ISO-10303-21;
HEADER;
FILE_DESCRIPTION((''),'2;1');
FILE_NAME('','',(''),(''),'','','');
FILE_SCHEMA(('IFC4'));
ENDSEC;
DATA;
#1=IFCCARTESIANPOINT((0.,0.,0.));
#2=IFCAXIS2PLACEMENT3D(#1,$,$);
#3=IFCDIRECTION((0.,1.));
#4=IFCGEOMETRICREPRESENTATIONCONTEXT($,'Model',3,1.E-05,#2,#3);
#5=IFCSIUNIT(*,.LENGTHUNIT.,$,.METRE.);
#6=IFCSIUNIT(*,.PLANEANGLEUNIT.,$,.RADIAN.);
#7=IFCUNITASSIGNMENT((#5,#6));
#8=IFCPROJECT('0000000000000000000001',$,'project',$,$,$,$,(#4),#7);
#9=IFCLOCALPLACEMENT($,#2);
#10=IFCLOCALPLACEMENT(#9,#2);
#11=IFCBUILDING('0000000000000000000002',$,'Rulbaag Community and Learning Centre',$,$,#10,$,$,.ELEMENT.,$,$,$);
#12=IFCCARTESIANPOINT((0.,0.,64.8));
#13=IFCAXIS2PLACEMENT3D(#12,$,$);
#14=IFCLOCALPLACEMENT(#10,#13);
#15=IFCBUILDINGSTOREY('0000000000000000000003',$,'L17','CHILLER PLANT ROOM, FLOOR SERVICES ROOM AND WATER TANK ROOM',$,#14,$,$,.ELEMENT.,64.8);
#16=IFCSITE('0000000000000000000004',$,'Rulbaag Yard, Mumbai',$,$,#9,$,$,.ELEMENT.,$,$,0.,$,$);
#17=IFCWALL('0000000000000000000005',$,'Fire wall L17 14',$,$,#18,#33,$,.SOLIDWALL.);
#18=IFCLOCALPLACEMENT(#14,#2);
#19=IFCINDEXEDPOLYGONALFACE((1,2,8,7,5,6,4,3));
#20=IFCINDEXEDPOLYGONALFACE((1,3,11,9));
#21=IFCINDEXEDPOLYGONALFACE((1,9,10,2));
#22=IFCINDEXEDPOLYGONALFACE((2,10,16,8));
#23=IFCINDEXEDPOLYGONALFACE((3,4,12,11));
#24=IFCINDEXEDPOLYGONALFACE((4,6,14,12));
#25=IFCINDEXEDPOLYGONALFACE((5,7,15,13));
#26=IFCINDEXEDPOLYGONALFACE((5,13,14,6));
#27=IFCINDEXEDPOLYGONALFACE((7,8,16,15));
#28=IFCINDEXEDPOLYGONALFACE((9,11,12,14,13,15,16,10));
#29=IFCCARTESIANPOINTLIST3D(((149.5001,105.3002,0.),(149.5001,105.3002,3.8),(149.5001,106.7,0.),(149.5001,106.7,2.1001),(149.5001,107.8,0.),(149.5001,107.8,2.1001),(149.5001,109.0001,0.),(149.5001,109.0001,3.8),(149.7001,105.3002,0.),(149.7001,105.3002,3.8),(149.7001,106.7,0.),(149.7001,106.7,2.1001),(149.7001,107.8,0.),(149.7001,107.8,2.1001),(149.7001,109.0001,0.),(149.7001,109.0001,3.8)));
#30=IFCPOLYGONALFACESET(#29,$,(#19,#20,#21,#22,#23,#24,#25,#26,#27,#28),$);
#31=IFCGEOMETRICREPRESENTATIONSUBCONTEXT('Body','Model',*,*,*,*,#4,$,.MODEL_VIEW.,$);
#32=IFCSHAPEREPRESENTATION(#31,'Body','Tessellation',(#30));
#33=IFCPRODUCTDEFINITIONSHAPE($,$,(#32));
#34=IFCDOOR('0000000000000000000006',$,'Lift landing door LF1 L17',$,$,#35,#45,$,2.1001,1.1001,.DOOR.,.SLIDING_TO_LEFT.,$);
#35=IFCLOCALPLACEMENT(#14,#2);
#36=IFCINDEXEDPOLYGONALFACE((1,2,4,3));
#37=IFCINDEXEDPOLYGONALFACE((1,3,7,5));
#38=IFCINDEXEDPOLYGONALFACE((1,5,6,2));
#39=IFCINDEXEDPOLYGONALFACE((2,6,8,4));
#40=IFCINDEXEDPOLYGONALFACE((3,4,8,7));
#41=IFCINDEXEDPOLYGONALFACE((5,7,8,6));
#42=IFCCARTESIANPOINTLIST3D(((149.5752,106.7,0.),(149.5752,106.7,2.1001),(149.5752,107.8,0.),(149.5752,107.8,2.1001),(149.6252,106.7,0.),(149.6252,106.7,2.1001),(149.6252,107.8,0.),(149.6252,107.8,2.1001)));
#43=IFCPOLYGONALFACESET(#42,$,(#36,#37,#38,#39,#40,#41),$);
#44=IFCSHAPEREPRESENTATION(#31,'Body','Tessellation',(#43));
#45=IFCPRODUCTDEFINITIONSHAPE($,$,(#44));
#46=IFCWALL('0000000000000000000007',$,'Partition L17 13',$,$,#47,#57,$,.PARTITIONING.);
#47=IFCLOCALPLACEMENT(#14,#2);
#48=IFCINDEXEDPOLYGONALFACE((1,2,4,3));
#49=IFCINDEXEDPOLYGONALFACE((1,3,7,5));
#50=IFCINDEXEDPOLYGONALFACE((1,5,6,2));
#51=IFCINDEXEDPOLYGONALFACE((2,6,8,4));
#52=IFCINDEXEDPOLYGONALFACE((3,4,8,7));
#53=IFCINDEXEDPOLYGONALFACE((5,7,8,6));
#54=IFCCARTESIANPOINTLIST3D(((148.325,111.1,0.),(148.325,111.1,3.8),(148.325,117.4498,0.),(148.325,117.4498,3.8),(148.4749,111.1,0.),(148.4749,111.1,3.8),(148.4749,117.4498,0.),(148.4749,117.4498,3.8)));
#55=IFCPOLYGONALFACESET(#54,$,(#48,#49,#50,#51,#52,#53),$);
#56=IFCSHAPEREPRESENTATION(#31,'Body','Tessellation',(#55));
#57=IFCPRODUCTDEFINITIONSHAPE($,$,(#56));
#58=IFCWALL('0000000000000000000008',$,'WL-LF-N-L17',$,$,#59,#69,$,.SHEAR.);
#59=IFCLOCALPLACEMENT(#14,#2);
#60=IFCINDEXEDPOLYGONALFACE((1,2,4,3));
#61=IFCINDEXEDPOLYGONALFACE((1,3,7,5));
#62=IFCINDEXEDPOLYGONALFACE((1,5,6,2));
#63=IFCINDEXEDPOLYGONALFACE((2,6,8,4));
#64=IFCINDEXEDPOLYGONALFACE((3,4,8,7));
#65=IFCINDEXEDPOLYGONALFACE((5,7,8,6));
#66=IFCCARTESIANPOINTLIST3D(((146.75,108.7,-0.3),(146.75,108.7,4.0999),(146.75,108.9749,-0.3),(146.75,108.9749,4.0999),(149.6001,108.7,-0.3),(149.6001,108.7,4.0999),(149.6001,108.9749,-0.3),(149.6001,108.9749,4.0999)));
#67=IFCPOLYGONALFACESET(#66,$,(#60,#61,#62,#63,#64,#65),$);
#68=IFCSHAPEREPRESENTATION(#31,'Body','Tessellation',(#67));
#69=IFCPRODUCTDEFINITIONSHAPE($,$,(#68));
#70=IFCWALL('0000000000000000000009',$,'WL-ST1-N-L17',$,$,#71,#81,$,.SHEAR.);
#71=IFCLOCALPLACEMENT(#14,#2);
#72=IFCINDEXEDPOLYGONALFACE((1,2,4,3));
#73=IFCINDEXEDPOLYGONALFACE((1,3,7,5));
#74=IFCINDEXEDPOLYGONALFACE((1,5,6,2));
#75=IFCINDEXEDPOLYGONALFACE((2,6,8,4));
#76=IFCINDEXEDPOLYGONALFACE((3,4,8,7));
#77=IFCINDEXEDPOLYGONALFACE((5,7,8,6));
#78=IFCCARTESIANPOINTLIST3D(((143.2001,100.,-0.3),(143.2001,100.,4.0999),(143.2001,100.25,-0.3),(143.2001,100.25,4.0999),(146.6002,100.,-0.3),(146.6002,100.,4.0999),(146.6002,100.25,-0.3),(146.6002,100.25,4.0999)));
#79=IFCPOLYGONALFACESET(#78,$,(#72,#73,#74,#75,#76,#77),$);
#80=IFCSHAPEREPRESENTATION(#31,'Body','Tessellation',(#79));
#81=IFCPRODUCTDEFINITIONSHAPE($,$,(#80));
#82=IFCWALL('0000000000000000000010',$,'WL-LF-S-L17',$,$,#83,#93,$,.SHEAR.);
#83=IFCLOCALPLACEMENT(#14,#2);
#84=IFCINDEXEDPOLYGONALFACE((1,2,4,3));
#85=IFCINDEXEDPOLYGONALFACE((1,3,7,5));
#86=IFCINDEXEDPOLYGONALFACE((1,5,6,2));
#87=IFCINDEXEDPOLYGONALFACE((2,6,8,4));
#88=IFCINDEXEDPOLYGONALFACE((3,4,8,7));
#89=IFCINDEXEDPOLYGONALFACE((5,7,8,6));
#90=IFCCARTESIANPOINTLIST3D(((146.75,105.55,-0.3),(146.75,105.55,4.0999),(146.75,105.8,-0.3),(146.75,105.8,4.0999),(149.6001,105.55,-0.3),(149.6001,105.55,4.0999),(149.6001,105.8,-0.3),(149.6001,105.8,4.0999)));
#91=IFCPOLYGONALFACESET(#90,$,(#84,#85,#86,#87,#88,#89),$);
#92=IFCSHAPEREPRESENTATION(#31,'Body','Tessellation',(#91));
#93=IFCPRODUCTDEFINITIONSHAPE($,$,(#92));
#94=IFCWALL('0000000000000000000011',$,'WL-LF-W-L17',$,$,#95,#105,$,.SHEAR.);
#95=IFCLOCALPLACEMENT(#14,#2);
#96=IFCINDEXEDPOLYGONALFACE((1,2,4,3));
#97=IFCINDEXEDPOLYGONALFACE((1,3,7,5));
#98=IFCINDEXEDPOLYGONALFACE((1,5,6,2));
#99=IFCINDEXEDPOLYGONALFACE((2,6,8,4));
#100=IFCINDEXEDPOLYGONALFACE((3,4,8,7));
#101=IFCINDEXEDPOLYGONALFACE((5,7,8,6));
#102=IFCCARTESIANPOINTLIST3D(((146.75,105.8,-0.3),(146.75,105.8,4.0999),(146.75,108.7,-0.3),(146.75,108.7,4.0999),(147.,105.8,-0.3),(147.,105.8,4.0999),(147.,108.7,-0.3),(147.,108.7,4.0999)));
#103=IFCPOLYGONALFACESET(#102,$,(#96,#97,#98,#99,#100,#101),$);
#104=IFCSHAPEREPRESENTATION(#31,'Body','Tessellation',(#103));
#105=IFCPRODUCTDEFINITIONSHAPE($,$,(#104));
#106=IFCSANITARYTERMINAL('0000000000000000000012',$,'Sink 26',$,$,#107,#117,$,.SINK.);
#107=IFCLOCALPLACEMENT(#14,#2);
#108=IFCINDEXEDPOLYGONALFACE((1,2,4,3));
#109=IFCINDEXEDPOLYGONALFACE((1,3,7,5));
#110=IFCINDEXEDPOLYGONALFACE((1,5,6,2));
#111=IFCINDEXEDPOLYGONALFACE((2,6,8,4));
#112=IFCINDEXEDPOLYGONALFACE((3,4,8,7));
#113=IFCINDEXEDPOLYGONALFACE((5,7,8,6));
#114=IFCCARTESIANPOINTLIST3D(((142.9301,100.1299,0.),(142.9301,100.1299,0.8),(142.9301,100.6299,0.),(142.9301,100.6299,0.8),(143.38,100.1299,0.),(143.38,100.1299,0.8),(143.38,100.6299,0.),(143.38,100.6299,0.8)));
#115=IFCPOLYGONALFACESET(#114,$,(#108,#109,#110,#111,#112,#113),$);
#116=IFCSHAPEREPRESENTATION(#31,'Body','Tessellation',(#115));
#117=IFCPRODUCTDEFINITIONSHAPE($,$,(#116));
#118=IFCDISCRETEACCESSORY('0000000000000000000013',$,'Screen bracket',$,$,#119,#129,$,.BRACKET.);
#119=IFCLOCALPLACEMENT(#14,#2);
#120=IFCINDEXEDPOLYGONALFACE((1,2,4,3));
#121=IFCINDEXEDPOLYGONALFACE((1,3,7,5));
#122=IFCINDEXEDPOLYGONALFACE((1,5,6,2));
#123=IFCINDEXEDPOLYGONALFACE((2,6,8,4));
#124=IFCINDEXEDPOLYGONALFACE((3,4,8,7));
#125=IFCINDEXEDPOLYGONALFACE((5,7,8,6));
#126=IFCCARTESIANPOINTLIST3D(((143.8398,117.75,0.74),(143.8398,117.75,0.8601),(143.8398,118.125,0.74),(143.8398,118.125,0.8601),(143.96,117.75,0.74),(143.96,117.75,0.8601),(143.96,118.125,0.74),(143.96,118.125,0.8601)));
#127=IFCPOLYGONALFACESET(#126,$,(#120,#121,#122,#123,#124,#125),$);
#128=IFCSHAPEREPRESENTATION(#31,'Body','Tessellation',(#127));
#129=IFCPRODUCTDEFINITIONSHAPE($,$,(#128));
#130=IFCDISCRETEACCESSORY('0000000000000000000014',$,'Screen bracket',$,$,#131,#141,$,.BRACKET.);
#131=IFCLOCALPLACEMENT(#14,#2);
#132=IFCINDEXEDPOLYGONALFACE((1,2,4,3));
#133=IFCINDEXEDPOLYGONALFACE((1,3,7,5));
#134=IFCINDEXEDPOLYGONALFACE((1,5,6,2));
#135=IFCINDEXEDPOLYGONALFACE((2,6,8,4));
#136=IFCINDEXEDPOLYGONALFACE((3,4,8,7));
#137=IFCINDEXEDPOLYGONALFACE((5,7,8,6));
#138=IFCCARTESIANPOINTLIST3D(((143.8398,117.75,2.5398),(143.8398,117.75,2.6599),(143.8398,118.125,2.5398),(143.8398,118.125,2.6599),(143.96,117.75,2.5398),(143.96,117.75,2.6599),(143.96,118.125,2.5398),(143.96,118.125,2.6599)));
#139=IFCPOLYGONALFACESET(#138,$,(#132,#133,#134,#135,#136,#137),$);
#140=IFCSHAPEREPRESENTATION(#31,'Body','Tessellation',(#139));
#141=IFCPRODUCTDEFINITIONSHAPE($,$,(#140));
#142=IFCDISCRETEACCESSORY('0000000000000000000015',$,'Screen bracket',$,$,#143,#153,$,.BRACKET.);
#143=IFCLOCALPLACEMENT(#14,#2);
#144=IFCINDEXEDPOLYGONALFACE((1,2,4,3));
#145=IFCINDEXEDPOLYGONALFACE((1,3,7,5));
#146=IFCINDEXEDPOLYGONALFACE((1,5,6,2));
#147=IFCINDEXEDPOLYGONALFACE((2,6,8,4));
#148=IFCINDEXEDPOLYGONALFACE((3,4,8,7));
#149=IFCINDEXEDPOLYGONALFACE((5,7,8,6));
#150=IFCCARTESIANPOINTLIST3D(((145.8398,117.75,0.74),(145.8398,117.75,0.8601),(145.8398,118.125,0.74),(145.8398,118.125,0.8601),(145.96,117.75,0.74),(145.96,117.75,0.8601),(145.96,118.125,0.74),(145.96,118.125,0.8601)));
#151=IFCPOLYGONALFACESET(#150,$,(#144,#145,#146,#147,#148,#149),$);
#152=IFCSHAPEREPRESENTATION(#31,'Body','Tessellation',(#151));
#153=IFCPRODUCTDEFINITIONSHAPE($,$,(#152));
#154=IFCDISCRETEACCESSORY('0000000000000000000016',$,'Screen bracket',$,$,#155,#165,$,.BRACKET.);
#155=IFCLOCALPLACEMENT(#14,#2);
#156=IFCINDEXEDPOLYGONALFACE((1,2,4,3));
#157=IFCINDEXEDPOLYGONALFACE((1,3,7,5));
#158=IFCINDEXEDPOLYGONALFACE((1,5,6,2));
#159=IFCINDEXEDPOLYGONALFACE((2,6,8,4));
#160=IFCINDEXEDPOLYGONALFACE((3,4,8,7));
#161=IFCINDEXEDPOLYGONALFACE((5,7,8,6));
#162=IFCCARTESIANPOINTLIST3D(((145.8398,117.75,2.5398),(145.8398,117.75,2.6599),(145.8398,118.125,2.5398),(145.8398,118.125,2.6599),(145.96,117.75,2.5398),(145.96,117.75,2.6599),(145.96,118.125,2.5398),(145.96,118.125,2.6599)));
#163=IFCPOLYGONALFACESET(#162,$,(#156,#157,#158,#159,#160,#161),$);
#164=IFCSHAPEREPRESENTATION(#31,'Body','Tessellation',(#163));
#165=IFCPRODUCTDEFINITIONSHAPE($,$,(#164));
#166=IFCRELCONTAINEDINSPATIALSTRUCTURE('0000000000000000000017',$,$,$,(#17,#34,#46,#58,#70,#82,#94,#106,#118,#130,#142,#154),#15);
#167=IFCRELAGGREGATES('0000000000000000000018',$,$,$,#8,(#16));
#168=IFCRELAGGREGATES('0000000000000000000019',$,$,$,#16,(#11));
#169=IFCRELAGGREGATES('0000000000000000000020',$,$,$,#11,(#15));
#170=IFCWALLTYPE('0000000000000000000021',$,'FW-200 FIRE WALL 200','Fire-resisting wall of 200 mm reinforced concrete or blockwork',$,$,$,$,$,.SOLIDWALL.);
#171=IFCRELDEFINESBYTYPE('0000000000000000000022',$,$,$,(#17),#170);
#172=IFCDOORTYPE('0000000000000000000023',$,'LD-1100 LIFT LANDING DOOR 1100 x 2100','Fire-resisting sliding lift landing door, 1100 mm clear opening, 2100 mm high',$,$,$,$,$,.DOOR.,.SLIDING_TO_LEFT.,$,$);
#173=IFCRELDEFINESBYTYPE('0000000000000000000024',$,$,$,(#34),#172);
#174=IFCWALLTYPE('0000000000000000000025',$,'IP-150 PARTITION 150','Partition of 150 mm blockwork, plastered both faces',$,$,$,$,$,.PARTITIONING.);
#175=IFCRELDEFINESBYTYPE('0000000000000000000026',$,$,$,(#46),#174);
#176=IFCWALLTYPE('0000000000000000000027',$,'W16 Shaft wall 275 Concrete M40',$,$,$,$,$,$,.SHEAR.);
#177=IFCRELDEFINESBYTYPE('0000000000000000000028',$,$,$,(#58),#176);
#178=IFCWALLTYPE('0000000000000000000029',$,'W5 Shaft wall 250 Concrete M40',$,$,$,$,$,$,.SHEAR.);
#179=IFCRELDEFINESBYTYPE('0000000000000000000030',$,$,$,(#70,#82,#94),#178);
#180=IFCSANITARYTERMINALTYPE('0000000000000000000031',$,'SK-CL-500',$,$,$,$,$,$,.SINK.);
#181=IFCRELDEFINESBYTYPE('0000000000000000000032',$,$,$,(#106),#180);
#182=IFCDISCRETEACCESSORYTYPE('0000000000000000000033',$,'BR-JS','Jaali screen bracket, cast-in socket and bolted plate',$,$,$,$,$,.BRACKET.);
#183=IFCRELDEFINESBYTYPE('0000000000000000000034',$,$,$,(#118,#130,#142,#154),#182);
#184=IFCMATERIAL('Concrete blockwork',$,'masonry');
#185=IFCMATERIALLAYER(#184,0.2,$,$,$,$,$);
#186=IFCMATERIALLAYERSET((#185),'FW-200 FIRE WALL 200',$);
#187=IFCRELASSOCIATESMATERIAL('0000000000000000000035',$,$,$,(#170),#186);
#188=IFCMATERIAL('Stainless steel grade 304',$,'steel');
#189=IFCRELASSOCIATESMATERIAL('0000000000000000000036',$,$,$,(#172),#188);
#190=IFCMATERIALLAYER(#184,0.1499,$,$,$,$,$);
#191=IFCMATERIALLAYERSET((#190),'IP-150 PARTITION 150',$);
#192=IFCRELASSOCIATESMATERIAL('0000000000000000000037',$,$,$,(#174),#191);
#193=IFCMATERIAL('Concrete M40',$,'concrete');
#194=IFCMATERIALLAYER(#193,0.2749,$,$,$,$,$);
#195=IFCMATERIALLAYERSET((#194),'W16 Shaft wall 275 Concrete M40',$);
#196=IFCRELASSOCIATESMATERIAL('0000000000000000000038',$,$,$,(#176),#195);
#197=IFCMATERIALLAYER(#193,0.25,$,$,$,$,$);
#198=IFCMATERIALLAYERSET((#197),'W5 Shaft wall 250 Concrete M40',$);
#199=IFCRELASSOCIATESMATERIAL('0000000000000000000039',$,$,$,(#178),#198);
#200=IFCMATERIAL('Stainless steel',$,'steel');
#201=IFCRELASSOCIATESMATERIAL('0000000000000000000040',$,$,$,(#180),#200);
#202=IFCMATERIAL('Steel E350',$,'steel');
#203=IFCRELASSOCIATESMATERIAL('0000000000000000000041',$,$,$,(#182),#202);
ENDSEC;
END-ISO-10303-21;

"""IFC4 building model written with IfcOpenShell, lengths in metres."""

from ifc_helpers import new_model, si_unit, direction, frame, frame_2d, origin, origin_2d, place, context, subcontext, project, spatial, rectangle, extrude, material, layer, layer_set, type_object, element, fill, save


model = new_model("IFC4")

# Units and contexts
model_context = context("Model", 3, precision=1e-05, world=origin(), true_north=direction((0.0, 1.0)))
body_context = subcontext(model_context, "Body", "Model", "MODEL_VIEW")
ifc_project = project(units=[si_unit("LENGTHUNIT", "METRE"), si_unit("PLANEANGLEUNIT", "RADIAN")], contexts=[model_context])

# Site, building, storey
site_placement = place(None, origin())
site = spatial("IfcSite", under=ifc_project, at=site_placement, Name="Rulbaag Yard, Mumbai", CompositionType="ELEMENT", RefElevation=0.0)
building_placement = place(site_placement, origin())
building = spatial("IfcBuilding", under=site, at=building_placement, Name="Rulbaag Community and Learning Centre", CompositionType="ELEMENT")
storey_placement = place(building_placement, frame((0.0, 0.0, 64.8)))
storey = spatial("IfcBuildingStorey", under=building, at=storey_placement, Name="L17", Description="CHILLER PLANT ROOM, FLOOR SERVICES ROOM AND WATER TANK ROOM", CompositionType="ELEMENT", Elevation=64.8)

# Shared definitions
ifc_material_1 = material(Name="Concrete M40", Category="concrete")

# Shared definitions
ifc_material_2 = material(Name="Concrete blockwork", Category="masonry")
ifc_layer_1 = layer(ifc_material_2, 0.2)
ifc_layer_set_1 = layer_set([ifc_layer_1], Name="FW-200 FIRE WALL 200")
wall_type_1 = type_object("IfcWallType", Name="FW-200 FIRE WALL 200", Description="Fire-resisting wall of 200 mm reinforced concrete or blockwork", PredefinedType="SOLIDWALL", material=ifc_layer_set_1)

# Wall, opening, door
wall_1_placement = place(storey_placement, frame((149.6001, 105.3, 0.0), z_axis=(0.0, 0.0, 1.0), x_axis=(0.0, 1.0, 0.0)))
wall_1 = element("IfcWall", 1, at=wall_1_placement, inside=storey, type_object=wall_type_1, Name="Fire wall L17 14", PredefinedType="SOLIDWALL", context=body_context, shape_type="SweptSolid", body=[
    extrude(rectangle(XDim=3.7, YDim=0.2, at=frame_2d((1.8501, 0.0))), origin(), (0.0, 0.0, 1.0), 3.8),
])
opening_1_placement = place(wall_1_placement, frame((1.3999, 0.0, 0.0)))
opening_1 = element("IfcOpeningElement", 2, at=opening_1_placement, cuts=wall_1, PredefinedType="OPENING", context=body_context, shape_type="SweptSolid", body=[
    extrude(rectangle(XDim=1.1001, YDim=2.1001, at=frame_2d((0.55, 1.05))), frame((0.0, 0.1099, 0.0), z_axis=(0.0, -1.0, 0.0), x_axis=(1.0, 0.0, 0.0)), (0.0, 0.0, 1.0), 0.22),
])
ifc_material_3 = material(Name="Stainless steel grade 304", Category="steel")
door_type_1 = type_object("IfcDoorType", Name="LD-1100 LIFT LANDING DOOR 1100 x 2100", Description="Fire-resisting sliding lift landing door, 1100 mm clear opening, 2100 mm high", OperationType="SLIDING_TO_LEFT", PredefinedType="DOOR", material=ifc_material_3)
door_1_placement = place(opening_1_placement, origin())
door_1 = element("IfcDoor", 3, at=door_1_placement, inside=storey, type_object=door_type_1, Name="Lift landing door LF1 L17", OperationType="SLIDING_TO_LEFT", OverallHeight=2.1001, OverallWidth=1.1001, PredefinedType="DOOR", context=body_context, shape_type="SweptSolid", body=[
    extrude(rectangle(XDim=1.1001, YDim=2.1001, at=frame_2d((0.55, 1.05))), frame((0.0, 0.0249, 0.0), z_axis=(0.0, -1.0, 0.0), x_axis=(1.0, 0.0, 0.0)), (0.0, 0.0, 1.0), 0.05),
])
fill(opening_1, door_1)

# Walls
ifc_layer_2 = layer(ifc_material_2, 0.1499)
ifc_layer_set_2 = layer_set([ifc_layer_2], Name="IP-150 PARTITION 150")
wall_type_2 = type_object("IfcWallType", Name="IP-150 PARTITION 150", Description="Partition of 150 mm blockwork, plastered both faces", PredefinedType="PARTITIONING", material=ifc_layer_set_2)
wall_2_placement = place(storey_placement, frame((148.3999, 111.1001, 0.0), z_axis=(0.0, 0.0, 1.0), x_axis=(0.0, 1.0, 0.0)))
element("IfcWall", 4, at=wall_2_placement, inside=storey, type_object=wall_type_2, Name="Partition L17 13", PredefinedType="PARTITIONING", context=body_context, shape_type="SweptSolid", body=[
    extrude(rectangle(XDim=6.3499, YDim=0.1499, at=frame_2d((3.1748, 0.0))), origin(), (0.0, 0.0, 1.0), 3.8),
])
ifc_layer_3 = layer(ifc_material_1, 0.2749)
ifc_layer_set_3 = layer_set([ifc_layer_3], Name="W16 Shaft wall 275 Concrete M40")
wall_type_3 = type_object("IfcWallType", Name="W16 Shaft wall 275 Concrete M40", PredefinedType="SHEAR", material=ifc_layer_set_3)
wall_3_placement = place(storey_placement, frame((146.75, 108.8374, -0.3), z_axis=(0.0, 0.0, 1.0), x_axis=(1.0, 0.0, 0.0)))
element("IfcWall", 5, at=wall_3_placement, inside=storey, type_object=wall_type_3, Name="WL-LF-N-L17", PredefinedType="SHEAR", context=body_context, shape_type="SweptSolid", body=[
    extrude(rectangle(XDim=2.8501, YDim=0.2749, at=frame_2d((1.425, 0.0))), origin(), (0.0, 0.0, 1.0), 4.3999),
])
ifc_layer_4 = layer(ifc_material_1, 0.25)
ifc_layer_set_4 = layer_set([ifc_layer_4], Name="W5 Shaft wall 250 Concrete M40")
wall_type_4 = type_object("IfcWallType", Name="W5 Shaft wall 250 Concrete M40", PredefinedType="SHEAR", material=ifc_layer_set_4)
wall_4_placement = place(storey_placement, frame((143.2, 100.125, -0.3), z_axis=(0.0, 0.0, 1.0), x_axis=(1.0, 0.0, 0.0)))
element("IfcWall", 6, at=wall_4_placement, inside=storey, type_object=wall_type_4, Name="WL-ST1-N-L17", PredefinedType="SHEAR", context=body_context, shape_type="SweptSolid", body=[
    extrude(rectangle(XDim=3.4001, YDim=0.25, at=frame_2d((1.7002, 0.0))), origin(), (0.0, 0.0, 1.0), 4.3999),
])
wall_5_placement = place(storey_placement, frame((146.75, 105.675, -0.3), z_axis=(0.0, 0.0, 1.0), x_axis=(1.0, 0.0, 0.0)))
element("IfcWall", 7, at=wall_5_placement, inside=storey, type_object=wall_type_4, Name="WL-LF-S-L17", PredefinedType="SHEAR", context=body_context, shape_type="SweptSolid", body=[
    extrude(rectangle(XDim=2.8501, YDim=0.25, at=frame_2d((1.425, 0.0))), origin(), (0.0, 0.0, 1.0), 4.3999),
])
wall_6_placement = place(storey_placement, frame((146.875, 105.8, -0.3), z_axis=(0.0, 0.0, 1.0), x_axis=(0.0, 1.0, 0.0)))
element("IfcWall", 8, at=wall_6_placement, inside=storey, type_object=wall_type_4, Name="WL-LF-W-L17", PredefinedType="SHEAR", context=body_context, shape_type="SweptSolid", body=[
    extrude(rectangle(XDim=2.8999, YDim=0.25, at=frame_2d((1.45, 0.0))), origin(), (0.0, 0.0, 1.0), 4.3999),
])

# Sanitary terminal
ifc_material_4 = material(Name="Stainless steel", Category="steel")
sanitary_terminal_type = type_object("IfcSanitaryTerminalType", Name="SK-CL-500", PredefinedType="SINK", material=ifc_material_4)
sanitary_terminal_placement = place(storey_placement, frame((143.155, 100.3799, 0.0), z_axis=(0.0, 0.0, 1.0), x_axis=(1.0, 0.0, 0.0)))
element("IfcSanitaryTerminal", 9, at=sanitary_terminal_placement, inside=storey, type_object=sanitary_terminal_type, Name="Sink 26", PredefinedType="SINK", context=body_context, shape_type="SweptSolid", body=[
    extrude(rectangle(XDim=0.45, YDim=0.5, at=origin_2d()), origin(), (0.0, 0.0, 1.0), 0.8),
])

# Discrete accessories
ifc_material_5 = material(Name="Steel E350", Category="steel")
discrete_accessory_type = type_object("IfcDiscreteAccessoryType", Name="BR-JS", Description="Jaali screen bracket, cast-in socket and bolted plate", PredefinedType="BRACKET", material=ifc_material_5)
for number, where, z_axis, x_axis, name in (
    (10, (143.8999, 117.9375, 0.74), (0.0, 0.0, 1.0), (1.0, 0.0, 0.0), "Screen bracket"),
    (11, (143.8999, 117.9375, 2.5398), (0.0, 0.0, 1.0), (1.0, 0.0, 0.0), "Screen bracket"),
    (12, (145.8999, 117.9375, 0.74), (0.0, 0.0, 1.0), (1.0, 0.0, 0.0), "Screen bracket"),
    (13, (145.8999, 117.9375, 2.5398), (0.0, 0.0, 1.0), (1.0, 0.0, 0.0), "Screen bracket"),
):
    element("IfcDiscreteAccessory", number, at=place(storey_placement, frame(where, z_axis=z_axis, x_axis=x_axis)), inside=storey, type_object=discrete_accessory_type, Name=name, PredefinedType="BRACKET", context=body_context, shape_type="SweptSolid", body=[
        extrude(rectangle(XDim=0.1201, YDim=0.375, at=origin_2d()), origin(), (0.0, 0.0, 1.0), 0.1201),
    ])

save(model, "model.ifc")
